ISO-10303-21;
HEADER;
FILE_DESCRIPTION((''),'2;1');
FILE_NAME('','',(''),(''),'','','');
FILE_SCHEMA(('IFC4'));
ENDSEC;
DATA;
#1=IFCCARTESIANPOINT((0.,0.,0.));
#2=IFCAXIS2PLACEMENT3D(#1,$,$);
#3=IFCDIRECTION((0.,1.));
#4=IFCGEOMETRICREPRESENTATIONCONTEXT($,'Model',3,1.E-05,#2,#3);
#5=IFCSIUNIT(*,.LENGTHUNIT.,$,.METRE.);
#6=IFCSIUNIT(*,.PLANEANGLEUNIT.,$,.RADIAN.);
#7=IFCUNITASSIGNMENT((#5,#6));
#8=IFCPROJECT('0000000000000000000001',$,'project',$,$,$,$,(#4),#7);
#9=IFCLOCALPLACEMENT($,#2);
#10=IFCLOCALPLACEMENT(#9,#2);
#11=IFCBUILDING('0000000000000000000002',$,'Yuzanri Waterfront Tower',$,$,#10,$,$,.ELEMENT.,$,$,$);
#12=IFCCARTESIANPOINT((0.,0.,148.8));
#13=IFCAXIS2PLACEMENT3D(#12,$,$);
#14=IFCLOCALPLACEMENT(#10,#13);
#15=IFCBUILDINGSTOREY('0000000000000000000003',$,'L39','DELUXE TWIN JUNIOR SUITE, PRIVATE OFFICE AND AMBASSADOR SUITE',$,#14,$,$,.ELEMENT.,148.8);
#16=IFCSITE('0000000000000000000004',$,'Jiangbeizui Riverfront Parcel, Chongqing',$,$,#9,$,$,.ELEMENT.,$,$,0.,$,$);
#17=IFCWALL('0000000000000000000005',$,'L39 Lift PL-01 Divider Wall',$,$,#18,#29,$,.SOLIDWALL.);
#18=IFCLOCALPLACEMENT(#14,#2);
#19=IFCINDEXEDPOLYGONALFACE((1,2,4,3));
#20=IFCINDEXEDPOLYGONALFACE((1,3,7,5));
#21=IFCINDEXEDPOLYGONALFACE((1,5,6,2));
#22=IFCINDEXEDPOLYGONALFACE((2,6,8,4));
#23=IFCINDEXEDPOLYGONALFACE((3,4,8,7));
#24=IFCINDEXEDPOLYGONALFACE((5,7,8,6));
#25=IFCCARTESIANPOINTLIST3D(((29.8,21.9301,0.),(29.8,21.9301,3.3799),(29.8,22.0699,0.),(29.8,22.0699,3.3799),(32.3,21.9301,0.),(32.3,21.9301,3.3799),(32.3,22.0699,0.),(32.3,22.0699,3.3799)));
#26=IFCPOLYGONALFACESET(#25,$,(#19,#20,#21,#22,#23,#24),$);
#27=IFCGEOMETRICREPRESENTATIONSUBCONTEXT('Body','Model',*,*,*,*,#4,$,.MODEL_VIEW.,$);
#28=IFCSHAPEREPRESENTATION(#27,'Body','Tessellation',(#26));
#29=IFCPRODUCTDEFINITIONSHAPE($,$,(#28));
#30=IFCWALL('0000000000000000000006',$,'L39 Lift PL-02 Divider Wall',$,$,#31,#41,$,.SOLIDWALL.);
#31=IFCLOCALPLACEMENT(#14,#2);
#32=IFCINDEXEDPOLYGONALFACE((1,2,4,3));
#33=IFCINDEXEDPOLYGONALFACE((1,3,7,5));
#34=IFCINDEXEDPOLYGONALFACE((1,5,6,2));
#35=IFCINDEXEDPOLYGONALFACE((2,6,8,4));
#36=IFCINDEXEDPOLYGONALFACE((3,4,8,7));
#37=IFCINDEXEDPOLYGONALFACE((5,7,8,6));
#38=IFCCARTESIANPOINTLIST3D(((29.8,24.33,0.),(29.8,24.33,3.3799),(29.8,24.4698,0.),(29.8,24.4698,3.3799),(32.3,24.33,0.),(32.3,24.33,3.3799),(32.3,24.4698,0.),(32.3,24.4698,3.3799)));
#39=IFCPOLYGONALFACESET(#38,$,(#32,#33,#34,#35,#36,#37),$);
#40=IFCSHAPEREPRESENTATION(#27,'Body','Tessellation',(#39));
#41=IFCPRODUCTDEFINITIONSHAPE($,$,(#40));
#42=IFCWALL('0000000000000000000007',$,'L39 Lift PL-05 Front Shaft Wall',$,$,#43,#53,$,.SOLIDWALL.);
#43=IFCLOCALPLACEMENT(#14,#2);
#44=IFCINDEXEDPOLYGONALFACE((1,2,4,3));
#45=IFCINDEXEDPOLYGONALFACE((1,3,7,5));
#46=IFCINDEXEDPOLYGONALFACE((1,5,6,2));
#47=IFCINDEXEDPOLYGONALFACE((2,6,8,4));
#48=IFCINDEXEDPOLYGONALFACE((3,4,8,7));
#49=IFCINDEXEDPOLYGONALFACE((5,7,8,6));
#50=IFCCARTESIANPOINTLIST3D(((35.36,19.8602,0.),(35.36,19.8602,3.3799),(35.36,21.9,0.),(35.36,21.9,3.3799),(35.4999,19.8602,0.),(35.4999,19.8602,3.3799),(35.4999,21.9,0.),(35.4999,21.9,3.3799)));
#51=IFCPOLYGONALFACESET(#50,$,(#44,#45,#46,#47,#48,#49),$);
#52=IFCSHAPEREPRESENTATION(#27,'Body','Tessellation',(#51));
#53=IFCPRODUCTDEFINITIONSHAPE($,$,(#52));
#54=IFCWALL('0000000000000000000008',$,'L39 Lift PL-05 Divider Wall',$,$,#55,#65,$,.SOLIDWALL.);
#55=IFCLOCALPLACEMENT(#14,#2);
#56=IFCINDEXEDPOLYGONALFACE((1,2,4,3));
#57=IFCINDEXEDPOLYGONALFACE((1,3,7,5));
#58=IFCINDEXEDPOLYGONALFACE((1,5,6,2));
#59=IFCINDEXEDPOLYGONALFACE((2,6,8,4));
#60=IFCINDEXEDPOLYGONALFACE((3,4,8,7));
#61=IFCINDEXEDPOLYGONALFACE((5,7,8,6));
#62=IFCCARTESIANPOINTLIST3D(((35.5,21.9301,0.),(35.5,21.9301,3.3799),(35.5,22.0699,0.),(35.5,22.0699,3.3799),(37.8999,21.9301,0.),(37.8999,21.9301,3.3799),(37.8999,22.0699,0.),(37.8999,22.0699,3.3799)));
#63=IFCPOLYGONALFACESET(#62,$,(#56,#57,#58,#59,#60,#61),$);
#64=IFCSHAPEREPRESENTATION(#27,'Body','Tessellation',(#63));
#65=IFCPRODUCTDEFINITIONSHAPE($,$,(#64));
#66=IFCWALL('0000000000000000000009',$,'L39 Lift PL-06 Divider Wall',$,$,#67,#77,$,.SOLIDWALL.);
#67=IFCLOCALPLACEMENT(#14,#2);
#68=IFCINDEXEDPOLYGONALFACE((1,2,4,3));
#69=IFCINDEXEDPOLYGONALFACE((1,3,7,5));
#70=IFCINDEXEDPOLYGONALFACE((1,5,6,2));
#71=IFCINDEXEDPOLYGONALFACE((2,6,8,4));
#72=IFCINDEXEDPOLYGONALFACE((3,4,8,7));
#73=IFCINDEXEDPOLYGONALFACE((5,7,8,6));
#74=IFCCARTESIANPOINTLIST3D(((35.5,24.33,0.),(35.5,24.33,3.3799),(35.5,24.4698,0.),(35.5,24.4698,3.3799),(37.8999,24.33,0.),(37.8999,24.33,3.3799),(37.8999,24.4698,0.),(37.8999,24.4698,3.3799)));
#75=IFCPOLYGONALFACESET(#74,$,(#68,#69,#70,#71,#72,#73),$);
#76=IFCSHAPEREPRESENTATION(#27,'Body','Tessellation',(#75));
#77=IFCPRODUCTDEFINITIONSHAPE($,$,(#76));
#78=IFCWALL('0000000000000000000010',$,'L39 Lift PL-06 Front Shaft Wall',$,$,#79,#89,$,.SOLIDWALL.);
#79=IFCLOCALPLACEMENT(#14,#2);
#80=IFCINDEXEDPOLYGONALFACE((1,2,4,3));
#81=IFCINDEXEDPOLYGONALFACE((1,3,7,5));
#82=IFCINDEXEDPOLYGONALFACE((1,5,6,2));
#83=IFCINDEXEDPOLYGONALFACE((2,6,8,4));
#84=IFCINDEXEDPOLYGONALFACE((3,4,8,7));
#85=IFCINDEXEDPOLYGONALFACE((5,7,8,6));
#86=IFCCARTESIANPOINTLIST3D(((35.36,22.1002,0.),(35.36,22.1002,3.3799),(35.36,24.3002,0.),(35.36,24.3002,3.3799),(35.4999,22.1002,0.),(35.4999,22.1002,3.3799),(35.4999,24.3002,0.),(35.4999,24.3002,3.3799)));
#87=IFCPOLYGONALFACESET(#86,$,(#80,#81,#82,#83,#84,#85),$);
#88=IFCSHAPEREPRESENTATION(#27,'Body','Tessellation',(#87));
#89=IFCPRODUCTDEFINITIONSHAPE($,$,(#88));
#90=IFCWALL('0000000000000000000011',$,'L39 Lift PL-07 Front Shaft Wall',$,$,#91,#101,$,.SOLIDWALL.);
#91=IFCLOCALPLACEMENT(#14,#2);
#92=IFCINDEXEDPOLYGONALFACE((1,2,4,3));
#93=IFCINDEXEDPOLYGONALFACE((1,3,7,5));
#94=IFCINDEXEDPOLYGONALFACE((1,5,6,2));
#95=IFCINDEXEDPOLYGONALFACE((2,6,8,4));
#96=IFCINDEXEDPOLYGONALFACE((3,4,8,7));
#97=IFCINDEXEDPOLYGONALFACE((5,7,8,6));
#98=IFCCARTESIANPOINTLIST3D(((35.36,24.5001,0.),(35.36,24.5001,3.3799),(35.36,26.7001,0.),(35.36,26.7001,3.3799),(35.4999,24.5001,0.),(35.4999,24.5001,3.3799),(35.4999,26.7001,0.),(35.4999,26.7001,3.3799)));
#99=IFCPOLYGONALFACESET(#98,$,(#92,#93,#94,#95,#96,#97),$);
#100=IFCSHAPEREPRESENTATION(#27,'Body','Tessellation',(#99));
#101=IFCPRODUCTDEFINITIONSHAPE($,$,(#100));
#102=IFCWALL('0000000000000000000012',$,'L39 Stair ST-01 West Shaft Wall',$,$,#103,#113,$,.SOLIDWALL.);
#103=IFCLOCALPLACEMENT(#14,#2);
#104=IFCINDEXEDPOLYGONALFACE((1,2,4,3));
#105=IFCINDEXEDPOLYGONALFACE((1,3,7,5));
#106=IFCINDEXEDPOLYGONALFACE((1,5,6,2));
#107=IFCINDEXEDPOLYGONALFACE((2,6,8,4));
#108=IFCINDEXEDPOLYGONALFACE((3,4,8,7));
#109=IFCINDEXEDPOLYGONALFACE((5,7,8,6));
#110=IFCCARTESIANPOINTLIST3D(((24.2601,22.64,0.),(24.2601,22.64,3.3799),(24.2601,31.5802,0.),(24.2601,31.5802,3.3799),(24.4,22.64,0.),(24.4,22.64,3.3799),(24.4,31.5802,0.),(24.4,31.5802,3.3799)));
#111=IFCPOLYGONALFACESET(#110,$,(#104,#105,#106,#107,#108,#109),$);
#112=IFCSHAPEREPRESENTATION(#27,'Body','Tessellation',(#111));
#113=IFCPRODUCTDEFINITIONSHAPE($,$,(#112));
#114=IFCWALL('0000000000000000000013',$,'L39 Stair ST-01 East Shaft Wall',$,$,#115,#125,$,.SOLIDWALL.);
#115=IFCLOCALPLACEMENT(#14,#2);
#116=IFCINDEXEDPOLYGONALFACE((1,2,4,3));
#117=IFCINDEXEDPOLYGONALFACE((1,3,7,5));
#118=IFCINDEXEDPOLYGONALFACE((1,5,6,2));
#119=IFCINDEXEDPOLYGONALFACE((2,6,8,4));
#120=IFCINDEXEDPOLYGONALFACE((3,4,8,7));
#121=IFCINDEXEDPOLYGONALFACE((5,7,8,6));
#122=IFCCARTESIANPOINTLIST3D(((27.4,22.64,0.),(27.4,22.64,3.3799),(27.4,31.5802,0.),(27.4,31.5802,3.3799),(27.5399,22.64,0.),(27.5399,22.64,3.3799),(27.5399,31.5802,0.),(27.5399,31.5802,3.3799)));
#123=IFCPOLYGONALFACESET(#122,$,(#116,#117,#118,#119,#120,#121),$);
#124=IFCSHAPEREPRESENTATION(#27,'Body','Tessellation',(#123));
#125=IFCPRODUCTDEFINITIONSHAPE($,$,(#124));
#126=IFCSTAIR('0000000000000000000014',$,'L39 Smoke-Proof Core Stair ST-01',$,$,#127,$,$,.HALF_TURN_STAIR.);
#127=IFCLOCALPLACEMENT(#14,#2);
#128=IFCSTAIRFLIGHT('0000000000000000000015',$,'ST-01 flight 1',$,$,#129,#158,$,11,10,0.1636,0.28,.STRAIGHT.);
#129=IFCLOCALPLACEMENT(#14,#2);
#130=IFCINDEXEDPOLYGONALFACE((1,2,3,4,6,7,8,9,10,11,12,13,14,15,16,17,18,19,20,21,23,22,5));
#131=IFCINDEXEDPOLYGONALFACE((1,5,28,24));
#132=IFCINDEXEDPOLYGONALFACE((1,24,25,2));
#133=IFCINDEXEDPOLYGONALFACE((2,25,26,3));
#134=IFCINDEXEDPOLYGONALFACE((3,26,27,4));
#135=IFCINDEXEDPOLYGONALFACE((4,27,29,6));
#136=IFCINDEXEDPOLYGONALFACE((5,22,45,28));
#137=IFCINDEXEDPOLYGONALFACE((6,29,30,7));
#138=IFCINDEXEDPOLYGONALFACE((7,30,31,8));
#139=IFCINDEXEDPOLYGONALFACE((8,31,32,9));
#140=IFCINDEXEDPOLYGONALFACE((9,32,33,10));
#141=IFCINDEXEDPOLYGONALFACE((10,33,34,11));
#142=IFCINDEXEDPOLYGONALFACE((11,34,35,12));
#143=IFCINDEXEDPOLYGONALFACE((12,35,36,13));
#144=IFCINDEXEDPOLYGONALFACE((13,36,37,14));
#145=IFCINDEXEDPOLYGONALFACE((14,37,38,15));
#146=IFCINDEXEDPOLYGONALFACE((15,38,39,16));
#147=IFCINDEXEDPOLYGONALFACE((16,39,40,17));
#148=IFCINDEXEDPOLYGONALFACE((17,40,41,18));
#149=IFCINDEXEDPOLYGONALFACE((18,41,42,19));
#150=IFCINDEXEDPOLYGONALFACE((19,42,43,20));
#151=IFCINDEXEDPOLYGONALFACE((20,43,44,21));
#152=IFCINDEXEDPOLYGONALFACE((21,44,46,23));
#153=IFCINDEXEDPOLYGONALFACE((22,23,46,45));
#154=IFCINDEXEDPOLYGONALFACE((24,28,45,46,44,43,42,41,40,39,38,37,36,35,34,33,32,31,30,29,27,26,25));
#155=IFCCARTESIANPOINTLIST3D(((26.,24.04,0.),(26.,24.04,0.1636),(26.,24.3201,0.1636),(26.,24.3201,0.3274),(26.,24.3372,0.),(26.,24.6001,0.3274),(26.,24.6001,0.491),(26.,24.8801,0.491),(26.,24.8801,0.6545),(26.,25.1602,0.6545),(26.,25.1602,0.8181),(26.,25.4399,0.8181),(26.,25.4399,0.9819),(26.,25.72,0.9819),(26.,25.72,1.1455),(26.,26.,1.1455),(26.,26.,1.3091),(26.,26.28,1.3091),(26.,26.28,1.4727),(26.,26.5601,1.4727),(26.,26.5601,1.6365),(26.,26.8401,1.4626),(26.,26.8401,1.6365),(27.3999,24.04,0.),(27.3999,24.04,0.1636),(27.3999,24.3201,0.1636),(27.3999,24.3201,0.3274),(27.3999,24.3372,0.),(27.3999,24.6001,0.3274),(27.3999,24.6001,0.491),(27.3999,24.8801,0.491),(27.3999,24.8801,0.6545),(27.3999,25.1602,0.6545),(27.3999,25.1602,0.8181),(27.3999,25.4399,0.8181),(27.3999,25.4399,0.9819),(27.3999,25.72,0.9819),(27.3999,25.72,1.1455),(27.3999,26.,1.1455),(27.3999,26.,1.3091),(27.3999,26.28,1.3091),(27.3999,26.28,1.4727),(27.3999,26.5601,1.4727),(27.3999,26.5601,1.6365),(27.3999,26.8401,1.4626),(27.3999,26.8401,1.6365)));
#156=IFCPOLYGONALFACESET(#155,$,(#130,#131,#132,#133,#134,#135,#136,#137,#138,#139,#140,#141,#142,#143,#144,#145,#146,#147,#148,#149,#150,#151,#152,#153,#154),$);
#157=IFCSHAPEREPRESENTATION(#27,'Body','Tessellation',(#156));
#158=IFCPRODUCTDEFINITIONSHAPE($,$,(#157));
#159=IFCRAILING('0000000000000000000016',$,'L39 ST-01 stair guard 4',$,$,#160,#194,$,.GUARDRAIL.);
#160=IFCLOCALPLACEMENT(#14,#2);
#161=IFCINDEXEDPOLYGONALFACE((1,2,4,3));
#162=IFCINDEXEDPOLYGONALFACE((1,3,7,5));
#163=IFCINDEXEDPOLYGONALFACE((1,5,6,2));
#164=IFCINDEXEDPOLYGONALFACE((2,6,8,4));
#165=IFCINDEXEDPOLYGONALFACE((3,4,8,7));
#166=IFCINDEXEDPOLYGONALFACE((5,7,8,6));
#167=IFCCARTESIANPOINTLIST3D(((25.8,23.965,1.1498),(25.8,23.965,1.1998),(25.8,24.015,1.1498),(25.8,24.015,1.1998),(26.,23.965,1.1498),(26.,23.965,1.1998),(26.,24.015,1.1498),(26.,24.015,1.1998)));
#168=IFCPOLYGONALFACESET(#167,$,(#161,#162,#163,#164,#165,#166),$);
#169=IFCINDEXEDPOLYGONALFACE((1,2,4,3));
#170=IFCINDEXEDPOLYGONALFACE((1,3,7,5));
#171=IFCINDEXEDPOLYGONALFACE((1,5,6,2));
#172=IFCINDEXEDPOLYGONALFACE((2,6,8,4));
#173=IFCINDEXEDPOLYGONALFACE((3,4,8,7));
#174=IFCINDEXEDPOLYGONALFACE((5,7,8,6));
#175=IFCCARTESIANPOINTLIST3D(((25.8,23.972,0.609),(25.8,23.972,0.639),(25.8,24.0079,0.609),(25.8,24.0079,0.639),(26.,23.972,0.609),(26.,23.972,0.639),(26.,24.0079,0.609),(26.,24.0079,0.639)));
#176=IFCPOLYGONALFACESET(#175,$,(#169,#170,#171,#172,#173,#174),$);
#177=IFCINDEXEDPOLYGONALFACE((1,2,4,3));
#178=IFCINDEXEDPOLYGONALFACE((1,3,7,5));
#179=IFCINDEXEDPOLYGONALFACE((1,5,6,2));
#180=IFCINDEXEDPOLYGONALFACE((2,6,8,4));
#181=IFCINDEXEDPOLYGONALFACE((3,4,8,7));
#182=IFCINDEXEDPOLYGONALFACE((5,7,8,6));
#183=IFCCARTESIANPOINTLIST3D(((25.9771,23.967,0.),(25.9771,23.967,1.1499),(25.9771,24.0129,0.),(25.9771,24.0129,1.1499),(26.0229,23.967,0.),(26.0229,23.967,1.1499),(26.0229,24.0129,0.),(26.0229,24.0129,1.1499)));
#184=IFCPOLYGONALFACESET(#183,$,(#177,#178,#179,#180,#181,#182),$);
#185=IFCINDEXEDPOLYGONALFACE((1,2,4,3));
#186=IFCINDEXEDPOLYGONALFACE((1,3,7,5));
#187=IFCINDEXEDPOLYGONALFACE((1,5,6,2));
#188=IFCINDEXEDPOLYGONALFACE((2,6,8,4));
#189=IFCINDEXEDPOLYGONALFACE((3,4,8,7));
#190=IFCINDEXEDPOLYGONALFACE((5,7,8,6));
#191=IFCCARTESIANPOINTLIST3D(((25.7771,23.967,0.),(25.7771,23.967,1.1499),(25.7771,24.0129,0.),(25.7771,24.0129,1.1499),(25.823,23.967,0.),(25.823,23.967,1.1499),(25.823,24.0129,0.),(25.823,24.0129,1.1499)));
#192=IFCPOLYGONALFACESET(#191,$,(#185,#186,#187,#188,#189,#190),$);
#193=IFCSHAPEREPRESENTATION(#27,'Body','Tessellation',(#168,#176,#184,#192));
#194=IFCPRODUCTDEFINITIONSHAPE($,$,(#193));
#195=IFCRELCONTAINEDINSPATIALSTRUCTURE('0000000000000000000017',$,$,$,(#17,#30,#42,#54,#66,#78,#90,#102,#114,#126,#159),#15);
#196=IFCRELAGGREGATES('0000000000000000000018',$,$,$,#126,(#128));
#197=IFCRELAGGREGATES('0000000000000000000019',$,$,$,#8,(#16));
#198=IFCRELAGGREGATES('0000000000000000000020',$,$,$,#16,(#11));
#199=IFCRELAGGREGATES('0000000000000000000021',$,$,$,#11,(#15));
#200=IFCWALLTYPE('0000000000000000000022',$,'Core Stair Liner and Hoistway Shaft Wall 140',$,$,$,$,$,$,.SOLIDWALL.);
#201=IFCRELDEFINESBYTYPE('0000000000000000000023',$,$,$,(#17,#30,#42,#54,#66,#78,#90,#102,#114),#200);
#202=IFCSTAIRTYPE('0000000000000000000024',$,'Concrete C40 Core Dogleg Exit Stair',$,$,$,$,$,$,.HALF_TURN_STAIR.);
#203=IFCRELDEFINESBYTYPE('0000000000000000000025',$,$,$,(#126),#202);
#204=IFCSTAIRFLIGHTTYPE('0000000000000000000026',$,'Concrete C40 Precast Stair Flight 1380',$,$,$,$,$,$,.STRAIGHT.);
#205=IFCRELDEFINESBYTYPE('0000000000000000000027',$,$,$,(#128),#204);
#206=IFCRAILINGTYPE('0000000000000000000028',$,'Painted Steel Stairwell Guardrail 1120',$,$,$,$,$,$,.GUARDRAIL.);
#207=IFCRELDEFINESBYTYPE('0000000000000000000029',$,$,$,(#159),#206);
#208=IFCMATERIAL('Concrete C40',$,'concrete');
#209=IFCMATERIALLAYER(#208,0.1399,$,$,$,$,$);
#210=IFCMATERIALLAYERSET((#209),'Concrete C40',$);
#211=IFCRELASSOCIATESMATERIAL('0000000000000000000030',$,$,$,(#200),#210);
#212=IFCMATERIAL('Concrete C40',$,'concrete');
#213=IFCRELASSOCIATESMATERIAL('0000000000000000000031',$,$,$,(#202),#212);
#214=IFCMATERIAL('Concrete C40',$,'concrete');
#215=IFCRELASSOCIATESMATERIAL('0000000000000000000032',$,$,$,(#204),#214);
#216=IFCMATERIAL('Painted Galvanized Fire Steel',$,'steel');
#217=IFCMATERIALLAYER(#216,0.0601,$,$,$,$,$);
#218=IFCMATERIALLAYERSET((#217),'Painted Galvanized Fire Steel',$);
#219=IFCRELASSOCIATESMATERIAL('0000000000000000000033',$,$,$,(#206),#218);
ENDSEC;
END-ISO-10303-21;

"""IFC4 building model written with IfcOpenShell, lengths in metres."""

from ifc_helpers import new_model, si_unit, direction, frame, frame_2d, origin, origin_2d, place, context, subcontext, project, spatial, polyline, rectangle, outline, extrude, source, transform, mapped, material, layer, layer_set, type_object, element, aggregate, save


model = new_model("IFC4")

# Units and contexts
model_context = context("Model", 3, precision=1e-05, world=origin(), true_north=direction((0.0, 1.0)))
body_context = subcontext(model_context, "Body", "Model", "MODEL_VIEW")
ifc_project = project(units=[si_unit("LENGTHUNIT", "METRE"), si_unit("PLANEANGLEUNIT", "RADIAN")], contexts=[model_context])

# Site, building, storey
site_placement = place(None, origin())
site = spatial("IfcSite", under=ifc_project, at=site_placement, Name="Jiangbeizui Riverfront Parcel, Chongqing", CompositionType="ELEMENT", RefElevation=0.0)
building_placement = place(site_placement, origin())
building = spatial("IfcBuilding", under=site, at=building_placement, Name="Yuzanri Waterfront Tower", CompositionType="ELEMENT")
storey_placement = place(building_placement, frame((0.0, 0.0, 148.8)))
storey = spatial("IfcBuildingStorey", under=building, at=storey_placement, Name="L39", Description="DELUXE TWIN JUNIOR SUITE, PRIVATE OFFICE AND AMBASSADOR SUITE", CompositionType="ELEMENT", Elevation=148.8)

# Shared definitions
ifc_material_1 = material(Name="Concrete C40", Category="concrete")
ifc_layer_1 = layer(ifc_material_1, 0.1399)
ifc_layer_set_1 = layer_set([ifc_layer_1], Name="Concrete C40")
wall_type_1 = type_object("IfcWallType", Name="Core Stair Liner and Hoistway Shaft Wall 140", PredefinedType="SOLIDWALL", material=ifc_layer_set_1)

# Walls
shared_shape_1 = source(origin(), body_context, "Body", "SweptSolid", [
    extrude(rectangle(XDim=2.5, YDim=0.1399, at=frame_2d((1.25, 0.0))), origin(), (0.0, 0.0, 1.0), 3.3799),
])
for number, where, z_axis, x_axis, name in (
    (1, (29.8, 22.0, 0.0), (0.0, 0.0, 1.0), (1.0, 0.0, 0.0), "L39 Lift PL-01 Divider Wall"),
    (2, (29.8, 24.3999, 0.0), (0.0, 0.0, 1.0), (1.0, 0.0, 0.0), "L39 Lift PL-02 Divider Wall"),
):
    element("IfcWall", number, at=place(storey_placement, frame(where, z_axis=z_axis, x_axis=x_axis)), inside=storey, type_object=wall_type_1, Name=name, PredefinedType="SOLIDWALL", context=body_context, shape_type="MappedRepresentation", body=[
        mapped(shared_shape_1, transform((0.0, 0.0, 0.0), scale=1.0)),
    ])
shared_shape_2 = source(origin(), body_context, "Body", "SweptSolid", [
    extrude(rectangle(XDim=2.0398, YDim=0.1399, at=frame_2d((1.02, 0.0))), origin(), (0.0, 0.0, 1.0), 3.3799),
])
wall_1_placement = place(storey_placement, frame((35.4299, 19.8601, 0.0), z_axis=(0.0, 0.0, 1.0), x_axis=(0.0, 1.0, 0.0)))
element("IfcWall", 3, at=wall_1_placement, inside=storey, type_object=wall_type_1, Name="L39 Lift PL-05 Front Shaft Wall", PredefinedType="SOLIDWALL", context=body_context, shape_type="MappedRepresentation", body=[
    mapped(shared_shape_2, transform((0.0, 0.0, 0.0), scale=1.0)),
])
shared_shape_3 = source(origin(), body_context, "Body", "SweptSolid", [
    extrude(rectangle(XDim=2.3999, YDim=0.1399, at=frame_2d((1.2, 0.0))), origin(), (0.0, 0.0, 1.0), 3.3799),
])
for number, where, z_axis, x_axis, name in (
    (4, (35.5, 22.0, 0.0), (0.0, 0.0, 1.0), (1.0, 0.0, 0.0), "L39 Lift PL-05 Divider Wall"),
    (5, (35.5, 24.3999, 0.0), (0.0, 0.0, 1.0), (1.0, 0.0, 0.0), "L39 Lift PL-06 Divider Wall"),
):
    element("IfcWall", number, at=place(storey_placement, frame(where, z_axis=z_axis, x_axis=x_axis)), inside=storey, type_object=wall_type_1, Name=name, PredefinedType="SOLIDWALL", context=body_context, shape_type="MappedRepresentation", body=[
        mapped(shared_shape_3, transform((0.0, 0.0, 0.0), scale=1.0)),
    ])
shared_shape_4 = source(origin(), body_context, "Body", "SweptSolid", [
    extrude(rectangle(XDim=2.2, YDim=0.1399, at=frame_2d((1.1001, 0.0))), origin(), (0.0, 0.0, 1.0), 3.3799),
])
for number, where, z_axis, x_axis, name in (
    (6, (35.4299, 22.1001, 0.0), (0.0, 0.0, 1.0), (0.0, 1.0, 0.0), "L39 Lift PL-06 Front Shaft Wall"),
    (7, (35.4299, 24.5, 0.0), (0.0, 0.0, 1.0), (0.0, 1.0, 0.0), "L39 Lift PL-07 Front Shaft Wall"),
):
    element("IfcWall", number, at=place(storey_placement, frame(where, z_axis=z_axis, x_axis=x_axis)), inside=storey, type_object=wall_type_1, Name=name, PredefinedType="SOLIDWALL", context=body_context, shape_type="MappedRepresentation", body=[
        mapped(shared_shape_4, transform((0.0, 0.0, 0.0), scale=1.0)),
    ])
shared_shape_5 = source(origin(), body_context, "Body", "SweptSolid", [
    extrude(rectangle(XDim=8.9402, YDim=0.1399, at=frame_2d((4.4702, 0.0))), origin(), (0.0, 0.0, 1.0), 3.3799),
])
for number, where, z_axis, x_axis, name in (
    (8, (24.3301, 22.6399, 0.0), (0.0, 0.0, 1.0), (0.0, 1.0, 0.0), "L39 Stair ST-01 West Shaft Wall"),
    (9, (27.47, 22.6399, 0.0), (0.0, 0.0, 1.0), (0.0, 1.0, 0.0), "L39 Stair ST-01 East Shaft Wall"),
):
    element("IfcWall", number, at=place(storey_placement, frame(where, z_axis=z_axis, x_axis=x_axis)), inside=storey, type_object=wall_type_1, Name=name, PredefinedType="SOLIDWALL", context=body_context, shape_type="MappedRepresentation", body=[
        mapped(shared_shape_5, transform((0.0, 0.0, 0.0), scale=1.0)),
    ])

# Stair, stair flight
ifc_material_2 = material(Name="Concrete C40", Category="concrete")
stair_type = type_object("IfcStairType", Name="Concrete C40 Core Dogleg Exit Stair", PredefinedType="HALF_TURN_STAIR", material=ifc_material_2)
stair_placement = place(storey_placement, origin())
stair = element("IfcStair", 10, at=stair_placement, inside=storey, type_object=stair_type, Name="L39 Smoke-Proof Core Stair ST-01", PredefinedType="HALF_TURN_STAIR")
ifc_material_3 = material(Name="Concrete C40", Category="concrete")
stair_flight_type = type_object("IfcStairFlightType", Name="Concrete C40 Precast Stair Flight 1380", PredefinedType="STRAIGHT", material=ifc_material_3)
shared_shape_6 = source(origin(), body_context, "Body", "SweptSolid", [
    extrude(outline(polyline([(0.0, 0.0), (0.0, 0.1636), (0.28, 0.1636), (0.28, 0.3274), (0.5601, 0.3274), (0.5601, 0.491), (0.8401, 0.491), (0.8401, 0.6545), (1.1201, 0.6545), (1.1201, 0.8181), (1.3999, 0.8181), (1.3999, 0.9819), (1.6799, 0.9819), (1.6799, 1.1455), (1.96, 1.1455), (1.96, 1.3091), (2.24, 1.3091), (2.24, 1.4727), (2.52, 1.4727), (2.52, 1.6365), (2.8, 1.6365), (2.8, 1.8), (2.8, 1.4626), (0.2971, 0.0), (0.0, 0.0)])), frame((0.0, 0.7, 0.0), z_axis=(0.0, -1.0, 0.0), x_axis=(1.0, 0.0, 0.0)), (0.0, 0.0, 1.0), 1.3999),
])
stair_flight_placement = place(storey_placement, frame((26.7, 24.04, 0.0), z_axis=(0.0, 0.0, 1.0), x_axis=(0.0, 1.0, 0.0)))
stair_flight = element("IfcStairFlight", 11, at=stair_flight_placement, type_object=stair_flight_type, Name="ST-01 flight 1", NumberOfRisers=11, NumberOfTreads=10, PredefinedType="STRAIGHT", RiserHeight=0.1636, TreadLength=0.28, context=body_context, shape_type="MappedRepresentation", body=[
    mapped(shared_shape_6, transform((0.0, 0.0, 0.0), scale=1.0)),
])
aggregate(stair, [stair_flight])

# Railing
ifc_material_4 = material(Name="Painted Galvanized Fire Steel", Category="steel")
ifc_layer_2 = layer(ifc_material_4, 0.0601)
ifc_layer_set_2 = layer_set([ifc_layer_2], Name="Painted Galvanized Fire Steel")
railing_type_1 = type_object("IfcRailingType", Name="Painted Steel Stairwell Guardrail 1120", PredefinedType="GUARDRAIL", material=ifc_layer_set_2)
shared_shape_7 = source(origin(), body_context, "Body", "SweptSolid", [
    extrude(rectangle(XDim=0.05, YDim=0.05, at=origin_2d()), frame((0.0, 0.0, 1.1748), z_axis=(-1.0, 0.0, 0.0), x_axis=(0.0, -1.0, 0.0)), (0.0, 0.0, 1.0), 0.2),
    extrude(rectangle(XDim=0.0359, YDim=0.03, at=origin_2d()), frame((0.0, 0.0, 0.624), z_axis=(-1.0, 0.0, 0.0), x_axis=(0.0, -1.0, 0.0)), (0.0, 0.0, 1.0), 0.2),
    extrude(rectangle(XDim=0.0459, YDim=0.0459, at=origin_2d()), origin(), (0.0, 0.0, 1.0), 1.1499),
    extrude(rectangle(XDim=0.0459, YDim=0.0459, at=origin_2d()), frame((-0.2, 0.0, 0.0)), (0.0, 0.0, 1.0), 1.1499),
])
railing_1_placement = place(storey_placement, frame((26.0, 23.99, 0.0)))
element("IfcRailing", 12, at=railing_1_placement, inside=storey, type_object=railing_type_1, Name="L39 ST-01 stair guard 4", PredefinedType="GUARDRAIL", context=body_context, shape_type="MappedRepresentation", body=[
    mapped(shared_shape_7, transform((0.0, 0.0, 0.0), scale=1.0)),
])

save(model, "model.ifc")
